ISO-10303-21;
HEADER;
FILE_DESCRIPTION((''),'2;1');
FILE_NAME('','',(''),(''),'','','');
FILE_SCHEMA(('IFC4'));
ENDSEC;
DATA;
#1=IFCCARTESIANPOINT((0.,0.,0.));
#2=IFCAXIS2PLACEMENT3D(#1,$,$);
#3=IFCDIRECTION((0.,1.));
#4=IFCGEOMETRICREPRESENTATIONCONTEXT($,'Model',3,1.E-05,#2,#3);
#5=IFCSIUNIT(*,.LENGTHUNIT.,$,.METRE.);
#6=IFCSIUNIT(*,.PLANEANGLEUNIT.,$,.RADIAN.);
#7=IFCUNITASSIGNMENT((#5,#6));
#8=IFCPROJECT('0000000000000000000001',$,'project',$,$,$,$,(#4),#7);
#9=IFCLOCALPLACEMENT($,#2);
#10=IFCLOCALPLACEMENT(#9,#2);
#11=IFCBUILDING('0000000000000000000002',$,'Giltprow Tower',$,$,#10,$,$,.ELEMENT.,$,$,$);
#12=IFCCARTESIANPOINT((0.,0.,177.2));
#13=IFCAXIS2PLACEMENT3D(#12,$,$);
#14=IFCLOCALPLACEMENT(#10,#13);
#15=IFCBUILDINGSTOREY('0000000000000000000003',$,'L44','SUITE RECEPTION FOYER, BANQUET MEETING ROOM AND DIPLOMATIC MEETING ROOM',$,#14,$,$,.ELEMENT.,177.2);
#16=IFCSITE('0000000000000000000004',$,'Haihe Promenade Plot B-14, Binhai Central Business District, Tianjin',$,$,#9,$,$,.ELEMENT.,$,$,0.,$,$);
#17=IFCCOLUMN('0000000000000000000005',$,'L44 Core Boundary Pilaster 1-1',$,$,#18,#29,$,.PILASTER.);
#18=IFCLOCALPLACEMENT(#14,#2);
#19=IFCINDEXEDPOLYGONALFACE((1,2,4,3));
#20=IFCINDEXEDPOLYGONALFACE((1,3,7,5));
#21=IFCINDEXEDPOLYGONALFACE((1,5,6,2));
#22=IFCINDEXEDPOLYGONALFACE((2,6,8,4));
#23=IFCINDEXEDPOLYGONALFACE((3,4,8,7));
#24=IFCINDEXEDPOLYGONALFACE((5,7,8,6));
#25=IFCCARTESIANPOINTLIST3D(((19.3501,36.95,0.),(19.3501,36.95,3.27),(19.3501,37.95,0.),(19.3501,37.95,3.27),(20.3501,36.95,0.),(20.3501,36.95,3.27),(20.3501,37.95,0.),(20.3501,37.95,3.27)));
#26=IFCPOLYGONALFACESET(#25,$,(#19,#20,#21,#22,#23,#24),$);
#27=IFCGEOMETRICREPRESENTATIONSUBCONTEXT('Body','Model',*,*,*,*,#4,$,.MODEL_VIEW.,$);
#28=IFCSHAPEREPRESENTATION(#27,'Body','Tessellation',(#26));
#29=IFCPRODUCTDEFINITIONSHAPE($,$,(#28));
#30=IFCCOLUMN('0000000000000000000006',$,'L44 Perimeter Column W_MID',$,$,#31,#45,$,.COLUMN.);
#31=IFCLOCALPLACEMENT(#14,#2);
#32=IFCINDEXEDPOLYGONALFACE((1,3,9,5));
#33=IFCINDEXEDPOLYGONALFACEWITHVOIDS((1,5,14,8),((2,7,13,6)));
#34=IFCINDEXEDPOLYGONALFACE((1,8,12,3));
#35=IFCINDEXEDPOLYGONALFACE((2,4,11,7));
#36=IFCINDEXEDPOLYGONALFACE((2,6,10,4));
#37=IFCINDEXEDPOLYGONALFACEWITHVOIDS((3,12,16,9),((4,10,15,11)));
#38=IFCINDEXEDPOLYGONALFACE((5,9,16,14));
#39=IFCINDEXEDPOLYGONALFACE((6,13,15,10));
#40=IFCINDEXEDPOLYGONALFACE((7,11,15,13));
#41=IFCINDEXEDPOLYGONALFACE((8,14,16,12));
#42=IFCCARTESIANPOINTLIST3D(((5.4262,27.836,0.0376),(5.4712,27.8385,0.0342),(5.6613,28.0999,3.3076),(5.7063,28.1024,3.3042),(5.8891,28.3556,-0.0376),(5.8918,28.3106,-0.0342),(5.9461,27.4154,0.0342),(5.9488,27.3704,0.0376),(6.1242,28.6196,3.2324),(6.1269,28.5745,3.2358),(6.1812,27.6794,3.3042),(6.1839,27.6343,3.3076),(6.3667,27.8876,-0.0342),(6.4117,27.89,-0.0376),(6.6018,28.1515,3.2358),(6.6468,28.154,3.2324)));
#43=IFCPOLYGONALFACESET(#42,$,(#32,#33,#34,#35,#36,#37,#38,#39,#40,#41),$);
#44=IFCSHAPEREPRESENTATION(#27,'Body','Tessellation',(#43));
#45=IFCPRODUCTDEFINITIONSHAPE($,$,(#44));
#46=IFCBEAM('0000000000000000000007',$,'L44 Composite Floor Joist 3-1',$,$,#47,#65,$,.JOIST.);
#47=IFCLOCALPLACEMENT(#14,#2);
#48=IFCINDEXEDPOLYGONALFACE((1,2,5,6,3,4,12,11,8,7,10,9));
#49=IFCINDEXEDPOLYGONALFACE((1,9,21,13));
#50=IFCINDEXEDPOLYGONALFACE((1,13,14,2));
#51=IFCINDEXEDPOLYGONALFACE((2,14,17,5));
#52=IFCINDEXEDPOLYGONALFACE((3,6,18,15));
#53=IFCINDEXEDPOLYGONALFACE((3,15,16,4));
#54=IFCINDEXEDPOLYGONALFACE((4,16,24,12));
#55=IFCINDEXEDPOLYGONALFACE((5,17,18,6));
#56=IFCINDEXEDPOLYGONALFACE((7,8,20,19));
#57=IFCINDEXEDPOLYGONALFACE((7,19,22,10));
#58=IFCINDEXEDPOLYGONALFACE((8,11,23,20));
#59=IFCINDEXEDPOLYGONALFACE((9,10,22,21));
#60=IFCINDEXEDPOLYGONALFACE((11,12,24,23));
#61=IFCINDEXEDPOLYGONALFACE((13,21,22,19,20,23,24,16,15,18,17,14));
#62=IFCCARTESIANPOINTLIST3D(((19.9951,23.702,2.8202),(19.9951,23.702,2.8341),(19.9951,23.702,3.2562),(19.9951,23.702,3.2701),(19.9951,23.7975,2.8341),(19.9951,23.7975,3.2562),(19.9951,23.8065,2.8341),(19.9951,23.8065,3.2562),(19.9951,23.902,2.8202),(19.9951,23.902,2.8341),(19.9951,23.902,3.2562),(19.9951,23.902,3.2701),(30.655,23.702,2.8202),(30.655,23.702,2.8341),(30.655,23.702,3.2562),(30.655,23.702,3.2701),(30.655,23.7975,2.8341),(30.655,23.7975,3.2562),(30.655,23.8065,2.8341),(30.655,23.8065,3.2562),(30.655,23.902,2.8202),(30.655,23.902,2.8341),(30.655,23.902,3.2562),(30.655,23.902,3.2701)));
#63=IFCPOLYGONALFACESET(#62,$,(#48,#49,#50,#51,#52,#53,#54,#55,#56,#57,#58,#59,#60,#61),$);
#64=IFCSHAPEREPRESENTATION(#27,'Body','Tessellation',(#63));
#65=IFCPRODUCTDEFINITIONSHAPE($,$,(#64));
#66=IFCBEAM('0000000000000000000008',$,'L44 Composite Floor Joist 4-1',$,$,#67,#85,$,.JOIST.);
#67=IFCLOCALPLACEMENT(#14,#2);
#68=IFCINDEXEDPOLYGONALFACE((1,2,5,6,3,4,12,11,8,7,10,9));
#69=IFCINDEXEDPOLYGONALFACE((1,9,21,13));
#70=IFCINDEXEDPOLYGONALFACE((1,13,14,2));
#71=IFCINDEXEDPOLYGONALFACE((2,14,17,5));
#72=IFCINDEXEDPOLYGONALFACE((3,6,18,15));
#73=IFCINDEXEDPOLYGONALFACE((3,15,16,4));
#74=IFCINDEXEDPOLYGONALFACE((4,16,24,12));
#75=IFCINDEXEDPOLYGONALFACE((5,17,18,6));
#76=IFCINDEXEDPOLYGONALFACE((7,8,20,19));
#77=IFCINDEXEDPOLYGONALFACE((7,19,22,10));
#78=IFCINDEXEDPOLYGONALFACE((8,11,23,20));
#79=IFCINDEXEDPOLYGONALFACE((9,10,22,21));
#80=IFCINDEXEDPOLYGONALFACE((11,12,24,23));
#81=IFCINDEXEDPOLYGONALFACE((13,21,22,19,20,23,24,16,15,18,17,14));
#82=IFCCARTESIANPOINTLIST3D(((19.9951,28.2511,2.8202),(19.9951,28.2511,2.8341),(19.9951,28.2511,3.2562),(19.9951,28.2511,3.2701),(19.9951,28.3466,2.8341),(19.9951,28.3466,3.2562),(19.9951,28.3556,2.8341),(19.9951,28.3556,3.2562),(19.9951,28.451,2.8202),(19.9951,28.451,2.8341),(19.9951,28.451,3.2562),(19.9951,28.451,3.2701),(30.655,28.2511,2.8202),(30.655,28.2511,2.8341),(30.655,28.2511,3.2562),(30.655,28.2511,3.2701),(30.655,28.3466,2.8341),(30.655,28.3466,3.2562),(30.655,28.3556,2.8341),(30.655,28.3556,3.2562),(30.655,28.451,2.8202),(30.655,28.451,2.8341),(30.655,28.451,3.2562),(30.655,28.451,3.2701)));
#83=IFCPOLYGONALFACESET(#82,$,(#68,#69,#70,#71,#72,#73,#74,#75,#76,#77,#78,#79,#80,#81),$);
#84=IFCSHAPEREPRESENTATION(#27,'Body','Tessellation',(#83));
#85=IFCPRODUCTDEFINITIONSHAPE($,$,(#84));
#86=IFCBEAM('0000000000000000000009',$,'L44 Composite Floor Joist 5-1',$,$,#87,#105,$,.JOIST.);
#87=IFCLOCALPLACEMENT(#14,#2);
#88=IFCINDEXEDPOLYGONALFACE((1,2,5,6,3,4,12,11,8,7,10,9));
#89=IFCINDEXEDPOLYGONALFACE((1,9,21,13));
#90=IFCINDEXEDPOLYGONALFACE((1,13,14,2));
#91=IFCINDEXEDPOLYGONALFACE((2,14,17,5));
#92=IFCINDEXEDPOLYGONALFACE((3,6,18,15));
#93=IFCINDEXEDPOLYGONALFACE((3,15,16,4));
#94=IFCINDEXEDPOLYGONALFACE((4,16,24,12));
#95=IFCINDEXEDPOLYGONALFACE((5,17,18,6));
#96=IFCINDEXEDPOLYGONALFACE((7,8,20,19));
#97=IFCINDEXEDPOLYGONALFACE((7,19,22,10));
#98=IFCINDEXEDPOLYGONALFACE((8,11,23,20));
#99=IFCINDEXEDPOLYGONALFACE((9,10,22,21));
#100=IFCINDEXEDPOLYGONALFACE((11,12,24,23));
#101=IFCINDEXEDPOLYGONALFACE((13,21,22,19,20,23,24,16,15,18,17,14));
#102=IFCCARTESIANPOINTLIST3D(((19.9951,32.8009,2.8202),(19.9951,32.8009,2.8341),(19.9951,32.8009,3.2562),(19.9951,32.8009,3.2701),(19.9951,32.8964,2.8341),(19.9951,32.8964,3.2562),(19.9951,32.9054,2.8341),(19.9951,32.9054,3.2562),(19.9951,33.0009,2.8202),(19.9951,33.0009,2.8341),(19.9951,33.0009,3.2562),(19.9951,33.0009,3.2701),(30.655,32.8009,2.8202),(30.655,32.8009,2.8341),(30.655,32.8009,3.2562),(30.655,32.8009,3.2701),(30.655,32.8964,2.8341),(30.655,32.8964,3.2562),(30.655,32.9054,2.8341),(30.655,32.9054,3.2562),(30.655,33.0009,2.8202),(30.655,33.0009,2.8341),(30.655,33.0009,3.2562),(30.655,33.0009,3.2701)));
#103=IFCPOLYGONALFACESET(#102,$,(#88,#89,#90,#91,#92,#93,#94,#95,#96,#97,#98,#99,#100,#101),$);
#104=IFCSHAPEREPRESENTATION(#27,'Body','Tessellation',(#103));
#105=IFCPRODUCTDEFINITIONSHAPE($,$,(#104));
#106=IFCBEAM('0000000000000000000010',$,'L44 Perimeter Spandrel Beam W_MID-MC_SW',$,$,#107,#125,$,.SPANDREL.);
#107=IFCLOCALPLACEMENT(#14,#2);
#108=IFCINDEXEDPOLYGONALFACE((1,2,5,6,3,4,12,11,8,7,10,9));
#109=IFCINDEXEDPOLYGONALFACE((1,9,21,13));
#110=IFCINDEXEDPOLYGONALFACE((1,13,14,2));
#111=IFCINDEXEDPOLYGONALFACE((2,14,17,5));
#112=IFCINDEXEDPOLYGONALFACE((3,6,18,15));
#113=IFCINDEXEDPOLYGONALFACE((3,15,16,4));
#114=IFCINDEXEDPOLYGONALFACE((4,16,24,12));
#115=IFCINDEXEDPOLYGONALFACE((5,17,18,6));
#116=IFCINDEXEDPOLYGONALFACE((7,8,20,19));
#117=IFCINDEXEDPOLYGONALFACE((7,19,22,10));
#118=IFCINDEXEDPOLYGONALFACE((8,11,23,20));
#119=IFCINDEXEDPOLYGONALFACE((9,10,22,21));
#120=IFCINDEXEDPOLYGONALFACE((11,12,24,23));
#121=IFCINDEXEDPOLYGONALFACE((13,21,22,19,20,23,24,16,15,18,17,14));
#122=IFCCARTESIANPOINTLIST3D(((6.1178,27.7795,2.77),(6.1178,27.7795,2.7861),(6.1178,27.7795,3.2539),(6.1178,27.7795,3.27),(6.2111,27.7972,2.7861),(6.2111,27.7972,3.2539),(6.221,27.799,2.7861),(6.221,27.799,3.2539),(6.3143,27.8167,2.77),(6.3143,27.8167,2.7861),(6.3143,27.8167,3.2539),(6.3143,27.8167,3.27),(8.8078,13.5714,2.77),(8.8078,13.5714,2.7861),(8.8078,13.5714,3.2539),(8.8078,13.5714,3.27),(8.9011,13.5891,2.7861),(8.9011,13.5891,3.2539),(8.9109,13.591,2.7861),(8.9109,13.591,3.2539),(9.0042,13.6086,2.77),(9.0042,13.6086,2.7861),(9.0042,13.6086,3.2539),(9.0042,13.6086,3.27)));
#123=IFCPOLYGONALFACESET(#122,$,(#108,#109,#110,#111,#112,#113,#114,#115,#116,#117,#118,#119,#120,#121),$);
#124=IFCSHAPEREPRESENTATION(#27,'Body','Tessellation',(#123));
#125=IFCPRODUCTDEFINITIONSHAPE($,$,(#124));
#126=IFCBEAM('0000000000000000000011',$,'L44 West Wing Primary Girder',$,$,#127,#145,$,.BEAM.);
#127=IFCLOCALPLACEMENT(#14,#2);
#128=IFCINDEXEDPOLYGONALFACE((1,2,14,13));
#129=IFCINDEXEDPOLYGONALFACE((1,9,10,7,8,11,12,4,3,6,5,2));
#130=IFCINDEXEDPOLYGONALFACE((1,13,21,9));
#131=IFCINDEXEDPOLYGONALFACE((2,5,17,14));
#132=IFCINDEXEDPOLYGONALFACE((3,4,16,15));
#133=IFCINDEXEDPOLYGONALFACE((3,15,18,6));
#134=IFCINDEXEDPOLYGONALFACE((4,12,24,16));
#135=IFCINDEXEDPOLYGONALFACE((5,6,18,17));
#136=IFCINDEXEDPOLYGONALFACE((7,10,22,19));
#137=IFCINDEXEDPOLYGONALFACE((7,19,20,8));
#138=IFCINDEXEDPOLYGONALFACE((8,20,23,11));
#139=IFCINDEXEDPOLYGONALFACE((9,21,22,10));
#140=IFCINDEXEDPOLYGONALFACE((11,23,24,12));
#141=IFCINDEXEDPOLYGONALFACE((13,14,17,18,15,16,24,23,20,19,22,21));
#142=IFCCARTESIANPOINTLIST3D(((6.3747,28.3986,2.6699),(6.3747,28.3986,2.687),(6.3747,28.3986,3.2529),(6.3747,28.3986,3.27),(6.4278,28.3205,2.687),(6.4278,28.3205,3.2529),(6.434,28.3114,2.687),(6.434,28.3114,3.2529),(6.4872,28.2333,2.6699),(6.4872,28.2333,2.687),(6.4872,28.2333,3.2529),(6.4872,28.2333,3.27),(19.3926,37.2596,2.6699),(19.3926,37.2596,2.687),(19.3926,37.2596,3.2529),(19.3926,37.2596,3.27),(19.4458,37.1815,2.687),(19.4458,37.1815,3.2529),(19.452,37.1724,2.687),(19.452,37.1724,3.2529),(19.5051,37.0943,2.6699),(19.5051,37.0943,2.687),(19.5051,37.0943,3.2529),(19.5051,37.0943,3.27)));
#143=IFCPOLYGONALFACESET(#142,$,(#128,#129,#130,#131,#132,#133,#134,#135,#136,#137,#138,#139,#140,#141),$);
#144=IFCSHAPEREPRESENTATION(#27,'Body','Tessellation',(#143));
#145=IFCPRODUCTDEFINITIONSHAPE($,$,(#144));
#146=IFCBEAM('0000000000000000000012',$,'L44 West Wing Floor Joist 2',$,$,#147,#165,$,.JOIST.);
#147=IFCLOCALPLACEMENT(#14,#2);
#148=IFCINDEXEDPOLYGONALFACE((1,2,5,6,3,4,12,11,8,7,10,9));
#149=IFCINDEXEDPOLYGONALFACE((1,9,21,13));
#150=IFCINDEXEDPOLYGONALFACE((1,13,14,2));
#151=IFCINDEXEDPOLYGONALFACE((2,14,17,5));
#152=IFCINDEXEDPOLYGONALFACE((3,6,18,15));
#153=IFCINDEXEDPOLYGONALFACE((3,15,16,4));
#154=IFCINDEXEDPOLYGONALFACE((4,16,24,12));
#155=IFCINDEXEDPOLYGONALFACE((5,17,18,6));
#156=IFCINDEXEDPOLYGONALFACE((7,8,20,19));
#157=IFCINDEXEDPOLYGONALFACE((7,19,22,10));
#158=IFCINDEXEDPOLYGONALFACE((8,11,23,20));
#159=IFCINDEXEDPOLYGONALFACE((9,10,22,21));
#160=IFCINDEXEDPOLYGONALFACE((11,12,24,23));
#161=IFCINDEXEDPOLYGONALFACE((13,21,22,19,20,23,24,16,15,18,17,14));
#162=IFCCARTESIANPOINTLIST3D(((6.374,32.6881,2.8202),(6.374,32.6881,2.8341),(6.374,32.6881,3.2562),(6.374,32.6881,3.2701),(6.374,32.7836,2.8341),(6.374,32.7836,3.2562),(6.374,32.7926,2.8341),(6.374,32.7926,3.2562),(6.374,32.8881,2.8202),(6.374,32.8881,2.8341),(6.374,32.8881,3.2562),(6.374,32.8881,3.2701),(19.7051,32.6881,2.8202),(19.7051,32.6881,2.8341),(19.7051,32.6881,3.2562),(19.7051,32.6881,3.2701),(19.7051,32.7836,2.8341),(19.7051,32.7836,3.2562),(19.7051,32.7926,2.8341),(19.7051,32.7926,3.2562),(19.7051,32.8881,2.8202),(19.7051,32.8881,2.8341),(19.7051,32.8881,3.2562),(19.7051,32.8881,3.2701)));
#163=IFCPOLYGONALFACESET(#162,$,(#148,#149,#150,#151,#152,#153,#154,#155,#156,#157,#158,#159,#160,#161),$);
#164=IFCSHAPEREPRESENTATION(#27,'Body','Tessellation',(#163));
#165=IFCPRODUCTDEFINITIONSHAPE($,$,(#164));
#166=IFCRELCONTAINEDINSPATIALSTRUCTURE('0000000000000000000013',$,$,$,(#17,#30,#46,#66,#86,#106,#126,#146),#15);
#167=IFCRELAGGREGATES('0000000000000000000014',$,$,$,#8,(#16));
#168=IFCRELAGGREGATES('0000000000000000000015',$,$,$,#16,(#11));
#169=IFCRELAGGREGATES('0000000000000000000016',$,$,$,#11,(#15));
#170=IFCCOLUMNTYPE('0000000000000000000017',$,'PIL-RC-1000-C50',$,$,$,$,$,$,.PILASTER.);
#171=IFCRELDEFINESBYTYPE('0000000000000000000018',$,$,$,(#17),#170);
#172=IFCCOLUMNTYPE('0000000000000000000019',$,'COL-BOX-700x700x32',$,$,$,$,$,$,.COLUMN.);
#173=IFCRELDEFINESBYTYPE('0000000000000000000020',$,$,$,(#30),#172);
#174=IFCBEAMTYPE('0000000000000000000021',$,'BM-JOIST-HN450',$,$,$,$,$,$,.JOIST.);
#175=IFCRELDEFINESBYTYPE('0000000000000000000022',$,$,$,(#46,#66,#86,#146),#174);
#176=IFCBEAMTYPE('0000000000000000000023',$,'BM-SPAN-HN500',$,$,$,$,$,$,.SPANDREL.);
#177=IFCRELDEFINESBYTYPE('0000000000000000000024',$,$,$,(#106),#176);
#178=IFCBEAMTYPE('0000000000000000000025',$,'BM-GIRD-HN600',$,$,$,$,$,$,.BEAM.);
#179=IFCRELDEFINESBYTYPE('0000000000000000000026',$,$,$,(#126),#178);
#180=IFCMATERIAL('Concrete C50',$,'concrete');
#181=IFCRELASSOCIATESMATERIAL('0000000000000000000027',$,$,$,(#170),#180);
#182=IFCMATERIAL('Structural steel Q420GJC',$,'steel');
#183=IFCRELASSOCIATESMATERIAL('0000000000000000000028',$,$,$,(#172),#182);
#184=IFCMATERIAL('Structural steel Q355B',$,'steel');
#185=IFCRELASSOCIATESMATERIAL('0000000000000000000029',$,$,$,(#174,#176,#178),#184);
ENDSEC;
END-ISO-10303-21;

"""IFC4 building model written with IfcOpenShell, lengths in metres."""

from ifc_helpers import new_model, si_unit, direction, frame, origin, origin_2d, place, context, subcontext, project, spatial, rectangle, hollow_rectangle, i_section, extrude, source, transform, mapped, material, material_profile, profile_set, type_object, element, save


model = new_model("IFC4")

# Units and contexts
model_context = context("Model", 3, precision=1e-05, world=origin(), true_north=direction((0.0, 1.0)))
body_context = subcontext(model_context, "Body", "Model", "MODEL_VIEW")
ifc_project = project(units=[si_unit("LENGTHUNIT", "METRE"), si_unit("PLANEANGLEUNIT", "RADIAN")], contexts=[model_context])

# Site, building, storey
site_placement = place(None, origin())
site = spatial("IfcSite", under=ifc_project, at=site_placement, Name="Haihe Promenade Plot B-14, Binhai Central Business District, Tianjin", CompositionType="ELEMENT", RefElevation=0.0)
building_placement = place(site_placement, origin())
building = spatial("IfcBuilding", under=site, at=building_placement, Name="Giltprow Tower", CompositionType="ELEMENT")
storey_placement = place(building_placement, frame((0.0, 0.0, 177.2)))
storey = spatial("IfcBuildingStorey", under=building, at=storey_placement, Name="L44", Description="SUITE RECEPTION FOYER, BANQUET MEETING ROOM AND DIPLOMATIC MEETING ROOM", CompositionType="ELEMENT", Elevation=177.2)

# Columns
ifc_material_1 = material(Name="Concrete C50", Category="concrete")
ifc_material_profile_1 = material_profile(ifc_material_1, rectangle(XDim=1.0, YDim=1.0, at=origin_2d()), Name="RC 1000x1000")
ifc_profile_set_1 = profile_set([ifc_material_profile_1], Name="Concrete C50")
column_type_1 = type_object("IfcColumnType", Name="PIL-RC-1000-C50", PredefinedType="PILASTER", material=ifc_profile_set_1)
shared_shape_1 = source(origin(), body_context, "Body", "SweptSolid", [
    extrude(rectangle(XDim=1.0, YDim=1.0, at=origin_2d()), origin(), (0.0, 0.0, 1.0), 3.27),
])
column_1_placement = place(storey_placement, frame((19.8501, 37.45, 0.0), z_axis=(0.0, 0.0, 1.0), x_axis=(1.0, 0.0, 0.0)))
element("IfcColumn", 1, at=column_1_placement, inside=storey, type_object=column_type_1, Name="L44 Core Boundary Pilaster 1-1", PredefinedType="PILASTER", context=body_context, shape_type="MappedRepresentation", body=[
    mapped(shared_shape_1, transform((0.0, 0.0, 0.0), x_axis=(1.0, 0.0, 0.0), y_axis=(0.0, 1.0, 0.0), z_axis=(0.0, 0.0, 1.0), scale=1.0)),
])
ifc_material_2 = material(Name="Structural steel Q420GJC", Category="steel")
ifc_material_profile_2 = material_profile(ifc_material_2, hollow_rectangle(XDim=0.7, YDim=0.7, WallThickness=0.032, at=origin_2d()), Name="BOX 700x700x32")
ifc_profile_set_2 = profile_set([ifc_material_profile_2], Name="Structural steel Q420GJC")
column_type_2 = type_object("IfcColumnType", Name="COL-BOX-700x700x32", PredefinedType="COLUMN", material=ifc_profile_set_2)
shared_shape_2 = source(origin(), body_context, "Body", "SweptSolid", [
    extrude(hollow_rectangle(XDim=0.7, YDim=0.7, WallThickness=0.032, at=origin_2d()), origin(), (0.0, 0.0, 1.0), 3.2891),
])
column_2_placement = place(storey_placement, frame((5.9189, 27.863, 0.0), z_axis=(0.071482, 0.08024, 0.994209), x_axis=(-0.746685, 0.665178, 0.0)))
element("IfcColumn", 2, at=column_2_placement, inside=storey, type_object=column_type_2, Name="L44 Perimeter Column W_MID", PredefinedType="COLUMN", context=body_context, shape_type="MappedRepresentation", body=[
    mapped(shared_shape_2, transform((0.0, 0.0, 0.0), x_axis=(1.0, 0.0, 0.0), y_axis=(0.0, 1.0, 0.0), z_axis=(0.0, 0.0, 1.0), scale=1.0)),
])

# Beams
ifc_material_3 = material(Name="Structural steel Q355B", Category="steel")
ifc_material_profile_3 = material_profile(ifc_material_3, i_section(OverallWidth=0.2, OverallDepth=0.45, WebThickness=0.009, FlangeThickness=0.0139, at=origin_2d()), Name="HN 450x200x9x14")
ifc_profile_set_3 = profile_set([ifc_material_profile_3], Name="Structural steel Q355B")
beam_type_1 = type_object("IfcBeamType", Name="BM-JOIST-HN450", PredefinedType="JOIST", material=ifc_profile_set_3)
shared_shape_3 = source(origin(), body_context, "Body", "SweptSolid", [
    extrude(i_section(OverallWidth=0.2, OverallDepth=0.45, WebThickness=0.009, FlangeThickness=0.0139, at=origin_2d()), origin(), (0.0, 0.0, 1.0), 10.6599),
])
for number, where, z_axis, x_axis, name in (
    (3, (19.9951, 23.802, 3.0452), (1.0, 0.0, 0.0), (0.0, 1.0, 0.0), "L44 Composite Floor Joist 3-1"),
    (4, (19.9951, 28.3511, 3.0452), (1.0, 0.0, 0.0), (0.0, 1.0, 0.0), "L44 Composite Floor Joist 4-1"),
    (5, (19.9951, 32.9009, 3.0452), (1.0, 0.0, 0.0), (0.0, 1.0, 0.0), "L44 Composite Floor Joist 5-1"),
):
    element("IfcBeam", number, at=place(storey_placement, frame(where, z_axis=z_axis, x_axis=x_axis)), inside=storey, type_object=beam_type_1, Name=name, PredefinedType="JOIST", context=body_context, shape_type="MappedRepresentation", body=[
        mapped(shared_shape_3, transform((0.0, 0.0, 0.0), x_axis=(1.0, 0.0, 0.0), y_axis=(0.0, 1.0, 0.0), z_axis=(0.0, 0.0, 1.0), scale=1.0)),
    ])
ifc_material_profile_4 = material_profile(ifc_material_3, i_section(OverallWidth=0.2, OverallDepth=0.5, WebThickness=0.01, FlangeThickness=0.0161, at=origin_2d()), Name="HN 500x200x10x16")
ifc_profile_set_4 = profile_set([ifc_material_profile_4], Name="Structural steel Q355B")
beam_type_2 = type_object("IfcBeamType", Name="BM-SPAN-HN500", PredefinedType="SPANDREL", material=ifc_profile_set_4)
shared_shape_4 = source(origin(), body_context, "Body", "SweptSolid", [
    extrude(i_section(OverallWidth=0.2, OverallDepth=0.5, WebThickness=0.01, FlangeThickness=0.0161, at=origin_2d()), origin(), (0.0, 0.0, 1.0), 14.4604),
])
beam_1_placement = place(storey_placement, frame((6.2161, 27.7981, 3.02), z_axis=(0.186021, -0.982546, 0.0), x_axis=(0.982546, 0.186021, 0.0)))
element("IfcBeam", 6, at=beam_1_placement, inside=storey, type_object=beam_type_2, Name="L44 Perimeter Spandrel Beam W_MID-MC_SW", PredefinedType="SPANDREL", context=body_context, shape_type="MappedRepresentation", body=[
    mapped(shared_shape_4, transform((0.0, 0.0, 0.0), x_axis=(1.0, 0.0, 0.0), y_axis=(0.0, 1.0, 0.0), z_axis=(0.0, 0.0, 1.0), scale=1.0)),
])
ifc_material_profile_5 = material_profile(ifc_material_3, i_section(OverallWidth=0.2, OverallDepth=0.6001, WebThickness=0.011, FlangeThickness=0.0171, at=origin_2d()), Name="HN 600x200x11x17")
ifc_profile_set_5 = profile_set([ifc_material_profile_5], Name="Structural steel Q355B")
beam_type_3 = type_object("IfcBeamType", Name="BM-GIRD-HN600", PredefinedType="BEAM", material=ifc_profile_set_5)
shared_shape_5 = source(origin(), body_context, "Body", "SweptSolid", [
    extrude(i_section(OverallWidth=0.2, OverallDepth=0.6001, WebThickness=0.011, FlangeThickness=0.0171, at=origin_2d()), origin(), (0.0, 0.0, 1.0), 15.7476),
])
beam_2_placement = place(storey_placement, frame((6.4309, 28.3159, 2.97), z_axis=(0.826667, 0.562692, 0.0), x_axis=(-0.562692, 0.826667, 0.0)))
element("IfcBeam", 7, at=beam_2_placement, inside=storey, type_object=beam_type_3, Name="L44 West Wing Primary Girder", PredefinedType="BEAM", context=body_context, shape_type="MappedRepresentation", body=[
    mapped(shared_shape_5, transform((0.0, 0.0, 0.0), x_axis=(1.0, 0.0, 0.0), y_axis=(0.0, 1.0, 0.0), z_axis=(0.0, 0.0, 1.0), scale=1.0)),
])
shared_shape_6 = source(origin(), body_context, "Body", "SweptSolid", [
    extrude(i_section(OverallWidth=0.2, OverallDepth=0.45, WebThickness=0.009, FlangeThickness=0.0139, at=origin_2d()), origin(), (0.0, 0.0, 1.0), 13.3311),
])
beam_3_placement = place(storey_placement, frame((6.374, 32.7881, 3.0452), z_axis=(1.0, 0.0, 0.0), x_axis=(0.0, 1.0, 0.0)))
element("IfcBeam", 8, at=beam_3_placement, inside=storey, type_object=beam_type_1, Name="L44 West Wing Floor Joist 2", PredefinedType="JOIST", context=body_context, shape_type="MappedRepresentation", body=[
    mapped(shared_shape_6, transform((0.0, 0.0, 0.0), x_axis=(1.0, 0.0, 0.0), y_axis=(0.0, 1.0, 0.0), z_axis=(0.0, 0.0, 1.0), scale=1.0)),
])

save(model, "model.ifc")
